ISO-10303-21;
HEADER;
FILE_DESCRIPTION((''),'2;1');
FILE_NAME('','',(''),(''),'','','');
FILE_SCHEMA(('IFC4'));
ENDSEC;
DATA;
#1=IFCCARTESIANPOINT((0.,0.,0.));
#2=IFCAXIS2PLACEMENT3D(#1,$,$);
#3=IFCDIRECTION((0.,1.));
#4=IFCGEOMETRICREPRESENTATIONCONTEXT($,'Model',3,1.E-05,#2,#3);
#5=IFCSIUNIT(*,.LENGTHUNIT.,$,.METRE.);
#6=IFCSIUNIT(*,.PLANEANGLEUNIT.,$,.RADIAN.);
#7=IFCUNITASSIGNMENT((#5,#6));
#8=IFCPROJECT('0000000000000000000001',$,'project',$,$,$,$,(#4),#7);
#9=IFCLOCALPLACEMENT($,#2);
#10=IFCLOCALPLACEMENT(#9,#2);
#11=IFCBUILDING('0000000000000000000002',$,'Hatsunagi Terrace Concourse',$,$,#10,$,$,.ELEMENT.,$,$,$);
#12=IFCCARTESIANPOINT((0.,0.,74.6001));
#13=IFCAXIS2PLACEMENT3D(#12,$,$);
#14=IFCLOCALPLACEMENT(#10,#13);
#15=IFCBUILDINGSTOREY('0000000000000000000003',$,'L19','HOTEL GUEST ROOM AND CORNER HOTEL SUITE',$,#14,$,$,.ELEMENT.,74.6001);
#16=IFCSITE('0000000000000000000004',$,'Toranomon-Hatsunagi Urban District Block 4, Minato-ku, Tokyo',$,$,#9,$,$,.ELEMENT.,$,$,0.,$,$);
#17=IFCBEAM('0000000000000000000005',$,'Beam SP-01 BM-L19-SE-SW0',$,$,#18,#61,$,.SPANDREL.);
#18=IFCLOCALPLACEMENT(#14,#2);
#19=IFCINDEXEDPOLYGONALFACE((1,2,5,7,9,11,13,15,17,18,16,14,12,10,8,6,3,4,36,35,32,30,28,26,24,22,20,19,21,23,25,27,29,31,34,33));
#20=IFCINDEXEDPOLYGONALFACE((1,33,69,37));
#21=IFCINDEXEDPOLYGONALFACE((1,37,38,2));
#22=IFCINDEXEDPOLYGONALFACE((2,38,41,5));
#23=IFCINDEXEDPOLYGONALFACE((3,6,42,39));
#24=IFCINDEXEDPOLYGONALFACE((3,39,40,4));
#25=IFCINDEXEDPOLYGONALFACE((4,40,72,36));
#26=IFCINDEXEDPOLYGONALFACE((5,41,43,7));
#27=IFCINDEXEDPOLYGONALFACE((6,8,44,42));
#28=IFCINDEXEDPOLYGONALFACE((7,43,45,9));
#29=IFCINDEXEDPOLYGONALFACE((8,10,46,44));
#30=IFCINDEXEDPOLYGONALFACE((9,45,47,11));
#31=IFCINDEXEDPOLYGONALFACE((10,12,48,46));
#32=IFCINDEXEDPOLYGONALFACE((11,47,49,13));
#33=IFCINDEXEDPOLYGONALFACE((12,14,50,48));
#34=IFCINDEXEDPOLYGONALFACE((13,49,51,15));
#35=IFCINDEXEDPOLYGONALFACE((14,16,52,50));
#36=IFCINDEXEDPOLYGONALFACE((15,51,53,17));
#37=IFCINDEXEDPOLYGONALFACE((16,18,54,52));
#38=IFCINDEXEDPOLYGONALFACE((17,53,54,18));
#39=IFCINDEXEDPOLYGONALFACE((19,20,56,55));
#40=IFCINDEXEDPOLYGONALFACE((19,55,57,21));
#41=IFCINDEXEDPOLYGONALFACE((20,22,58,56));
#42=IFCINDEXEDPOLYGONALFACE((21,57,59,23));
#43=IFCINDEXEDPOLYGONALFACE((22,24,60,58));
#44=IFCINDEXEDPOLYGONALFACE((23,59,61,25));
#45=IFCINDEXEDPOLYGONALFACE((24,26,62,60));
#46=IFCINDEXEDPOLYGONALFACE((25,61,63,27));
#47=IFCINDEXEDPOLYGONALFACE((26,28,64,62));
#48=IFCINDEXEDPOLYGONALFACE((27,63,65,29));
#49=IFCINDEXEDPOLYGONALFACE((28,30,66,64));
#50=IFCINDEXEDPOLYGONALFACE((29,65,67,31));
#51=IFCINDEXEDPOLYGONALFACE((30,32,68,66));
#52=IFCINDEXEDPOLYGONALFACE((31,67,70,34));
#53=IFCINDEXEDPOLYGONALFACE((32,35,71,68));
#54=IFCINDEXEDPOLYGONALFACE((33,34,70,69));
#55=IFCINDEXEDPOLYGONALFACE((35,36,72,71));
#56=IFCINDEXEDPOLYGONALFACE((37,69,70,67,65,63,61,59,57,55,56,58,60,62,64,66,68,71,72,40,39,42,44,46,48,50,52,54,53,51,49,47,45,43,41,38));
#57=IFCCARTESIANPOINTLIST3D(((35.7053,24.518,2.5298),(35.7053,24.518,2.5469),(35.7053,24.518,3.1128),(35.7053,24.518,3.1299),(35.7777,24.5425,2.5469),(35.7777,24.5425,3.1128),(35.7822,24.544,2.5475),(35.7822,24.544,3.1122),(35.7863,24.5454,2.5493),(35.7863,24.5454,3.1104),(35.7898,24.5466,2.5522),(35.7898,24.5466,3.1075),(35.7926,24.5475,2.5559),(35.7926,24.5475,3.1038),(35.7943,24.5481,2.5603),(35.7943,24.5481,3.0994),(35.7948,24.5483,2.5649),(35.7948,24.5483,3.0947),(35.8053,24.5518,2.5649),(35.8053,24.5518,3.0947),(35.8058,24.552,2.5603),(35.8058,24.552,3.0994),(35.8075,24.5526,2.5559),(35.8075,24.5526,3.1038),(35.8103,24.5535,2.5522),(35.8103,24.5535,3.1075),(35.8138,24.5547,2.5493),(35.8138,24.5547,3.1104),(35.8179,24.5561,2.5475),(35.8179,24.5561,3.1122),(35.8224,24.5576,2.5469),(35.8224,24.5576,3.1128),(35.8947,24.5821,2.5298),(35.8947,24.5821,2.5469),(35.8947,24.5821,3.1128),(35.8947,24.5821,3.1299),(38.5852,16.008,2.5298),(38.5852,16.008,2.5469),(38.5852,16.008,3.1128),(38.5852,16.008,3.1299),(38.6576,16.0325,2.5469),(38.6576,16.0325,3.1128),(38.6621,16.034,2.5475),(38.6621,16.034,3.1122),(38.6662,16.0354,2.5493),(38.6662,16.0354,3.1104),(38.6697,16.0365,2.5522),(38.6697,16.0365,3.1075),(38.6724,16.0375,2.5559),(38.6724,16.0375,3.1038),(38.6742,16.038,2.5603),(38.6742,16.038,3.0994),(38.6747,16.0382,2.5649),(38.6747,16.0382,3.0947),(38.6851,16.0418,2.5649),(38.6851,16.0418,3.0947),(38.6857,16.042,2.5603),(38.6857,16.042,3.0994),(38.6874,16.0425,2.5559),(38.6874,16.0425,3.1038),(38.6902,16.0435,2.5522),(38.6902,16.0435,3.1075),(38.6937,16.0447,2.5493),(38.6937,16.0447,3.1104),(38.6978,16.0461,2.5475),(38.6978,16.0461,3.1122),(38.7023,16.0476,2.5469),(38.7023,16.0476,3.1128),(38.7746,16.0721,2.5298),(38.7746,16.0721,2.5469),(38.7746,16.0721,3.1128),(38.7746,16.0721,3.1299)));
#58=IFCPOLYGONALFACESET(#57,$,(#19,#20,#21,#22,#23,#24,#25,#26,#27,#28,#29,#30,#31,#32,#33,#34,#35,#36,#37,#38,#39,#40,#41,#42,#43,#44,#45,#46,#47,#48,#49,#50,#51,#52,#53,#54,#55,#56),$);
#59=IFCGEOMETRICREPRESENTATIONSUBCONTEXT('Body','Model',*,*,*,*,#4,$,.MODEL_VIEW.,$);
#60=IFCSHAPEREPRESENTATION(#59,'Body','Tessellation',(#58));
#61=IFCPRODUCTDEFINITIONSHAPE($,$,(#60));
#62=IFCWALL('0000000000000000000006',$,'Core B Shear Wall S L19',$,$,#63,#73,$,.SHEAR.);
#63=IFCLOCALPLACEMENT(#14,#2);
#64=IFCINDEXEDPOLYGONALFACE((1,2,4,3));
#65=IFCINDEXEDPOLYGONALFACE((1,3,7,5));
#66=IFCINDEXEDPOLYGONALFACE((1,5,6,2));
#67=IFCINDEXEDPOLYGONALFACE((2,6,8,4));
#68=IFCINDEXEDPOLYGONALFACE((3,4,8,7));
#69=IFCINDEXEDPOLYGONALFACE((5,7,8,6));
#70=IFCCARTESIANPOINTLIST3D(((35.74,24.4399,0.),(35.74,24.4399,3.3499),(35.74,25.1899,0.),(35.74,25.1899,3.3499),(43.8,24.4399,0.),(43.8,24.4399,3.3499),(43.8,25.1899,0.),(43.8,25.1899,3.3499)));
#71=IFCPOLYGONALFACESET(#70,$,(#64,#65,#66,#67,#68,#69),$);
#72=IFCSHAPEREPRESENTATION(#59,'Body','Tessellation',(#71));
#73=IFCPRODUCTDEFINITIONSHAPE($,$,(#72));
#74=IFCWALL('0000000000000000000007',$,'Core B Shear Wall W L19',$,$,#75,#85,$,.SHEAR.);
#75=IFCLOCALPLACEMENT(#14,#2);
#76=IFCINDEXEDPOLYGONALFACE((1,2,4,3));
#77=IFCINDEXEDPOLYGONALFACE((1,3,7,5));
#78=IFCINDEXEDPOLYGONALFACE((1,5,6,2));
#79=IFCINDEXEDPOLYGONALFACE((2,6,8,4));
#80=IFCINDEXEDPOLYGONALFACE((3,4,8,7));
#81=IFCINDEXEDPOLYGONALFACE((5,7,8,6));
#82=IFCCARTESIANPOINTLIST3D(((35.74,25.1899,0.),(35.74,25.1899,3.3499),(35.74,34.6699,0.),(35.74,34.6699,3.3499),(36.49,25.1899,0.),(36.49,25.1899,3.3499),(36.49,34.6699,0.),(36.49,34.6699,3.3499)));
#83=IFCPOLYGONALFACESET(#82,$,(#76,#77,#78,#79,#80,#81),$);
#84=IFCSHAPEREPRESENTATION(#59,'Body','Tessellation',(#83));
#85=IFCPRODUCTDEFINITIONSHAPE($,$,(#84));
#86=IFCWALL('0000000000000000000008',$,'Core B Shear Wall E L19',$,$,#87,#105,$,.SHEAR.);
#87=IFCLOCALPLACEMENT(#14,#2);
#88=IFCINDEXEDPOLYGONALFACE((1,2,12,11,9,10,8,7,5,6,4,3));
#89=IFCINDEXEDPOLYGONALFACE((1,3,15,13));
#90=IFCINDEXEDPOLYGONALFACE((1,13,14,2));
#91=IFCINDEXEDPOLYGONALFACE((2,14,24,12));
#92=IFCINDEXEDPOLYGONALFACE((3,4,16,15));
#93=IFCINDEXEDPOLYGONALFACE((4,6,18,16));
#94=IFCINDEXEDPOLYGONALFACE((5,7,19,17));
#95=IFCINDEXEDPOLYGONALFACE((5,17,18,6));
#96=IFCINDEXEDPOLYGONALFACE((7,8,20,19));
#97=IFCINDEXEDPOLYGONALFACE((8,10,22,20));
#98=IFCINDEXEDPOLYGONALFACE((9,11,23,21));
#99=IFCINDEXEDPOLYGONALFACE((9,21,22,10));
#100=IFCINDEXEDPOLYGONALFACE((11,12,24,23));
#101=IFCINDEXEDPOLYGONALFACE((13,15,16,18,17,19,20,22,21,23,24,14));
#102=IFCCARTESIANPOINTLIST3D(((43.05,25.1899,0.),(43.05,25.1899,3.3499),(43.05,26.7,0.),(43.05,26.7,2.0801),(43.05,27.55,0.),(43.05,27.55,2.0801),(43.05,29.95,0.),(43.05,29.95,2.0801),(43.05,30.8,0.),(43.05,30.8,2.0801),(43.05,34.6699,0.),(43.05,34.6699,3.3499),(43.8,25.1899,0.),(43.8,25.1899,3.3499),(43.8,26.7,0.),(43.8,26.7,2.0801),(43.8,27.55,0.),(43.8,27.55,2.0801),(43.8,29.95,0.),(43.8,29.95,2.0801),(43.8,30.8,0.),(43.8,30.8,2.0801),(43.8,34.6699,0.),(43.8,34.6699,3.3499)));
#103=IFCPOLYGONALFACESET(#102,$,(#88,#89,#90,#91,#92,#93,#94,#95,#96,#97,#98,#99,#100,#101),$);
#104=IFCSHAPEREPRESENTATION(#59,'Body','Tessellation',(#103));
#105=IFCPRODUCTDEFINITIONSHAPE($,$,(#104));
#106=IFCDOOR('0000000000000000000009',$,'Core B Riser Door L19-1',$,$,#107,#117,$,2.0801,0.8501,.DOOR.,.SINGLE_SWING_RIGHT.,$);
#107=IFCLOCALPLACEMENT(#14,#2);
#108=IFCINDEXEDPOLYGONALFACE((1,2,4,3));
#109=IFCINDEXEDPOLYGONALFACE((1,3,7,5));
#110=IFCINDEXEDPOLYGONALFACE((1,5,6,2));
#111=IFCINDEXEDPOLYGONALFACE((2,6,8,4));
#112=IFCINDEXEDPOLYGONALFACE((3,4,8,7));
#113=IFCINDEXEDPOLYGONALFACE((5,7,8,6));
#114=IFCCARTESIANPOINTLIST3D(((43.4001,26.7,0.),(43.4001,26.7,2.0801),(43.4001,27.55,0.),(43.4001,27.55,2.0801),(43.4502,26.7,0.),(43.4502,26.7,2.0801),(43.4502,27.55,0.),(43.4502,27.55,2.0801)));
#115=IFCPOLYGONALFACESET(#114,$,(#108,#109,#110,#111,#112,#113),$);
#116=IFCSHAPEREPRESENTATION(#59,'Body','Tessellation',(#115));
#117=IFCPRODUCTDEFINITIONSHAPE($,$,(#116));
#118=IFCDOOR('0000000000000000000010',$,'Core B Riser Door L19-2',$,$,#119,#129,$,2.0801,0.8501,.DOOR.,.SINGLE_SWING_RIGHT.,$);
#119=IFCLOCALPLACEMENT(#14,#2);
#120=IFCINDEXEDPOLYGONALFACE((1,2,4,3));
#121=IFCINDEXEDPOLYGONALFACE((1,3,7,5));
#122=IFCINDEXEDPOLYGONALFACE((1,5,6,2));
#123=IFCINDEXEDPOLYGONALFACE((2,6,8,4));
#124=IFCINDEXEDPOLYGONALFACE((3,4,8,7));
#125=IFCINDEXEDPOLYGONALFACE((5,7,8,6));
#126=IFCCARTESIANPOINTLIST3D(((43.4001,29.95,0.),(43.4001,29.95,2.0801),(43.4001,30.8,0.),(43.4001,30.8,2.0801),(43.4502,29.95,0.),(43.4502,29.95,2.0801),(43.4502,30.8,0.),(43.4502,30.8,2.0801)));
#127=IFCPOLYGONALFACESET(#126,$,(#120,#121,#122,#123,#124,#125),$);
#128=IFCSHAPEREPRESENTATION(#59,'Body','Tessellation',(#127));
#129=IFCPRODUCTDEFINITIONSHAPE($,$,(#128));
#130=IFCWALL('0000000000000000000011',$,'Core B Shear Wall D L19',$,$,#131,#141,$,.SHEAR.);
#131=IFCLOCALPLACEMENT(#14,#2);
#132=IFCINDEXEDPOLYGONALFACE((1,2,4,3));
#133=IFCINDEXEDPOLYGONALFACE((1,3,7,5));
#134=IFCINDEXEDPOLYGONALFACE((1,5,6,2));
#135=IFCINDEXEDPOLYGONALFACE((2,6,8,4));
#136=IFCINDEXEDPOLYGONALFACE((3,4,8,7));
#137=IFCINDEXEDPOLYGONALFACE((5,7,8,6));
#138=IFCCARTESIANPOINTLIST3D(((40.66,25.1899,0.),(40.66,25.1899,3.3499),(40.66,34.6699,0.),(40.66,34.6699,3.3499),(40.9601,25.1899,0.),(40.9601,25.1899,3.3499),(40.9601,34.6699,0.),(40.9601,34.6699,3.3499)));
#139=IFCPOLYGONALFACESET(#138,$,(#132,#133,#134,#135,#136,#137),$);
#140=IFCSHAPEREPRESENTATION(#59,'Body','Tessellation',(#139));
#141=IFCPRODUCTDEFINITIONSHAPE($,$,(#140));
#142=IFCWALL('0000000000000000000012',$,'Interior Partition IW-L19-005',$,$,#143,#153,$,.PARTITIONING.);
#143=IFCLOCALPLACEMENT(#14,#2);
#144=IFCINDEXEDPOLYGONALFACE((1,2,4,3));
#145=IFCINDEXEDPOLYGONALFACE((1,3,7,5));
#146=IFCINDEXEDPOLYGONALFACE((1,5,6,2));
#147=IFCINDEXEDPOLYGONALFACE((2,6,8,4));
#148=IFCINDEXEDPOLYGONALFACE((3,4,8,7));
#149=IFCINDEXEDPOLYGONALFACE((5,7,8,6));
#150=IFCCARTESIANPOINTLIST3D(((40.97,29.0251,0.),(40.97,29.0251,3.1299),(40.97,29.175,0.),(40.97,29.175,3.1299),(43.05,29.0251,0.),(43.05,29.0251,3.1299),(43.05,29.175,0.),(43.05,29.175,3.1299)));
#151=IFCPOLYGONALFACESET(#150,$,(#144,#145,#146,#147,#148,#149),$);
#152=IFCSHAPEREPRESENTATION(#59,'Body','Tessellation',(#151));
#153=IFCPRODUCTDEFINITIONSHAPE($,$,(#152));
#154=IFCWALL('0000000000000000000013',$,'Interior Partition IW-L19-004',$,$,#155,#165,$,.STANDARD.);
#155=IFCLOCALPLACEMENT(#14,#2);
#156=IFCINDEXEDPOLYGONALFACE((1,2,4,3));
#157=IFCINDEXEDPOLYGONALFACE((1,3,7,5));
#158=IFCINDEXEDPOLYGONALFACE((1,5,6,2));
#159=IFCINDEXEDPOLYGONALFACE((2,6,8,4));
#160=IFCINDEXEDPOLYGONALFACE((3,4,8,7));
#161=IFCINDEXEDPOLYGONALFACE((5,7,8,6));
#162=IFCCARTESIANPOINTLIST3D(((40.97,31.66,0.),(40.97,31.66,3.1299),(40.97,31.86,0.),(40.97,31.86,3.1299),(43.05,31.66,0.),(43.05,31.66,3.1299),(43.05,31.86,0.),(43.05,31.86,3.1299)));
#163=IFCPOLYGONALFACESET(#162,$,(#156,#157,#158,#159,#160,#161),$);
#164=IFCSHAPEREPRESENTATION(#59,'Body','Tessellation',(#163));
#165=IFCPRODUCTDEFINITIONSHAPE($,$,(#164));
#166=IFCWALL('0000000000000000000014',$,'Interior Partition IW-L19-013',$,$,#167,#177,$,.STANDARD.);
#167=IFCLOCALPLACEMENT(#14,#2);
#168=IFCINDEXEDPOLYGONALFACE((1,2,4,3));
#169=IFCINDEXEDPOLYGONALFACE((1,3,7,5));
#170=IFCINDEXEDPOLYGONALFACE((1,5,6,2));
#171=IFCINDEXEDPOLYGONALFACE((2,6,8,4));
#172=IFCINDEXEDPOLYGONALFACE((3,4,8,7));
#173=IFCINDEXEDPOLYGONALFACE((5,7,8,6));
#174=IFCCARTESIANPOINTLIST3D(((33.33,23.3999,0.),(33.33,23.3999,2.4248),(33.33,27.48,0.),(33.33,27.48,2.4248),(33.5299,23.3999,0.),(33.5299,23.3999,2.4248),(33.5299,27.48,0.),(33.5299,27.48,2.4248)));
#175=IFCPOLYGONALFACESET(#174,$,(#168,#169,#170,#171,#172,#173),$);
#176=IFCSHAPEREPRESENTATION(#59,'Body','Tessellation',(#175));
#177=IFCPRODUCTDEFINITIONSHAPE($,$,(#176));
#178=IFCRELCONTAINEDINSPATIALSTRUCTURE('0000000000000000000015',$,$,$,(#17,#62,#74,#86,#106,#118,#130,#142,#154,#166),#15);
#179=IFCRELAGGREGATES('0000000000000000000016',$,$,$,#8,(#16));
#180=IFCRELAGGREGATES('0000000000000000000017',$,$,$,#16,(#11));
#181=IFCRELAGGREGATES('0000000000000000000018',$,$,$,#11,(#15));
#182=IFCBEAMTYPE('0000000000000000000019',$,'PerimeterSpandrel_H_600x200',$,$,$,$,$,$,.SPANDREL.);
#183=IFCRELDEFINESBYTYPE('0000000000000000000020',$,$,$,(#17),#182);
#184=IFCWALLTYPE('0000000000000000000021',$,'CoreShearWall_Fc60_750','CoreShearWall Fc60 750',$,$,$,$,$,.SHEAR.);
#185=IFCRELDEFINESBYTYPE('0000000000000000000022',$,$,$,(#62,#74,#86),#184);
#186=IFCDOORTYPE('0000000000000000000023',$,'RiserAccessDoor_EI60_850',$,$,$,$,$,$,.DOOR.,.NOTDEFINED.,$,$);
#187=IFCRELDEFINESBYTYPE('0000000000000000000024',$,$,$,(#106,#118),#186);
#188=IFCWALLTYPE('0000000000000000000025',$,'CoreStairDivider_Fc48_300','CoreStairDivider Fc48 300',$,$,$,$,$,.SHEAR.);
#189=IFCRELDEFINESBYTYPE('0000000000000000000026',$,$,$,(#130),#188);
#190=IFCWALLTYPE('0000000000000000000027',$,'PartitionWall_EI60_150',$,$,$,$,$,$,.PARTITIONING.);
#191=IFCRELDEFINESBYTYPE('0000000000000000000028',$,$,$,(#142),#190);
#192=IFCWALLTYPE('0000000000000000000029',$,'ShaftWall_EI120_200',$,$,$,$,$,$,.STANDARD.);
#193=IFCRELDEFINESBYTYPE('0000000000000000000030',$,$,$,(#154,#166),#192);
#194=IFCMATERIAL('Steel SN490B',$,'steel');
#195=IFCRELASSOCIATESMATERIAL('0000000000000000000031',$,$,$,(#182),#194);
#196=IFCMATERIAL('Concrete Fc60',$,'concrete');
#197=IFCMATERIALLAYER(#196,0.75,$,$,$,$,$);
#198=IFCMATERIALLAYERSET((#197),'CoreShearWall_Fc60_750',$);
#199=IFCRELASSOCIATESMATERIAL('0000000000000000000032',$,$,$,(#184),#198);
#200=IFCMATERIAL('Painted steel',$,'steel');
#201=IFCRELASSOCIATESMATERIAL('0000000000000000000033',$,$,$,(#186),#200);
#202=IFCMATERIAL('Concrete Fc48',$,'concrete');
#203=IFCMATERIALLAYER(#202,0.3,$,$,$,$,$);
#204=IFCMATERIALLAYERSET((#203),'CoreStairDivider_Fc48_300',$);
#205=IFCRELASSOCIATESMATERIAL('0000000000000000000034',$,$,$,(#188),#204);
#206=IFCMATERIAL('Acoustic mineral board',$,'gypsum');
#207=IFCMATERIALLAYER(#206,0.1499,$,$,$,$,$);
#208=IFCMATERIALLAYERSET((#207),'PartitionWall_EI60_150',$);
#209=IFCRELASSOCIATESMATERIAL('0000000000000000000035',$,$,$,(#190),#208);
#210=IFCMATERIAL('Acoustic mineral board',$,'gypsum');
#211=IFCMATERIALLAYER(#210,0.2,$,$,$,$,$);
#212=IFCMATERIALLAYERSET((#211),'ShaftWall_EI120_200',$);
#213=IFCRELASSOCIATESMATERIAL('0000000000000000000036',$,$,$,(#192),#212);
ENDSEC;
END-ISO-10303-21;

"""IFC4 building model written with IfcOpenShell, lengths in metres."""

from ifc_helpers import new_model, si_unit, direction, frame, frame_2d, origin, origin_2d, place, context, subcontext, project, spatial, rectangle, i_section, extrude, material, layer, layer_set, material_profile, profile_set, type_object, element, fill, save


model = new_model("IFC4")

# Units and contexts
model_context = context("Model", 3, precision=1e-05, world=origin(), true_north=direction((0.0, 1.0)))
body_context = subcontext(model_context, "Body", "Model", "MODEL_VIEW")
ifc_project = project(units=[si_unit("LENGTHUNIT", "METRE"), si_unit("PLANEANGLEUNIT", "RADIAN")], contexts=[model_context])

# Site, building, storey
site_placement = place(None, origin())
site = spatial("IfcSite", under=ifc_project, at=site_placement, Name="Toranomon-Hatsunagi Urban District Block 4, Minato-ku, Tokyo", CompositionType="ELEMENT", RefElevation=0.0)
building_placement = place(site_placement, origin())
building = spatial("IfcBuilding", under=site, at=building_placement, Name="Hatsunagi Terrace Concourse", CompositionType="ELEMENT")
storey_placement = place(building_placement, frame((0.0, 0.0, 74.6001)))
storey = spatial("IfcBuildingStorey", under=building, at=storey_placement, Name="L19", Description="HOTEL GUEST ROOM AND CORNER HOTEL SUITE", CompositionType="ELEMENT", Elevation=74.6001)

# Beam
ifc_material_1 = material(Name="Steel SN490B", Category="steel")
ifc_material_profile_1 = material_profile(ifc_material_1, i_section(OverallWidth=0.2, OverallDepth=0.6001, WebThickness=0.011, FlangeThickness=0.0171, FilletRadius=0.0181, at=origin_2d()), Name="H-600x200x11x17")
ifc_profile_set_1 = profile_set([ifc_material_profile_1], Name="Steel SN490B")
beam_type_1 = type_object("IfcBeamType", Name="PerimeterSpandrel_H_600x200", PredefinedType="SPANDREL", material=ifc_profile_set_1)
beam_1_placement = place(storey_placement, frame((35.8, 24.55, 2.8298), z_axis=(0.320553, -0.94723, 0.0), x_axis=(0.94723, 0.320553, 0.0)))
element("IfcBeam", 1, at=beam_1_placement, inside=storey, type_object=beam_type_1, Name="Beam SP-01 BM-L19-SE-SW0", PredefinedType="SPANDREL", context=body_context, shape_type="SweptSolid", body=[
    extrude(i_section(OverallWidth=0.2, OverallDepth=0.6001, WebThickness=0.011, FlangeThickness=0.0171, FilletRadius=0.0181, at=origin_2d()), origin(), (0.0, 0.0, 1.0), 8.9841),
])

# Walls
ifc_material_2 = material(Name="Concrete Fc60", Category="concrete")
ifc_layer_1 = layer(ifc_material_2, 0.75)
ifc_layer_set_1 = layer_set([ifc_layer_1], Name="CoreShearWall_Fc60_750")
wall_type_1 = type_object("IfcWallType", Name="CoreShearWall_Fc60_750", Description="CoreShearWall Fc60 750", PredefinedType="SHEAR", material=ifc_layer_set_1)
wall_1_placement = place(storey_placement, frame((35.74, 24.8149, 0.0), z_axis=(0.0, 0.0, 1.0), x_axis=(1.0, 0.0, 0.0)))
element("IfcWall", 2, at=wall_1_placement, inside=storey, type_object=wall_type_1, Name="Core B Shear Wall S L19", PredefinedType="SHEAR", context=body_context, shape_type="SweptSolid", body=[
    extrude(rectangle(XDim=8.0601, YDim=0.75, at=frame_2d((4.03, 0.0))), origin(), (0.0, 0.0, 1.0), 3.3499),
])
wall_2_placement = place(storey_placement, frame((36.115, 25.1899, 0.0), z_axis=(0.0, 0.0, 1.0), x_axis=(0.0, 1.0, 0.0)))
element("IfcWall", 3, at=wall_2_placement, inside=storey, type_object=wall_type_1, Name="Core B Shear Wall W L19", PredefinedType="SHEAR", context=body_context, shape_type="SweptSolid", body=[
    extrude(rectangle(XDim=9.48, YDim=0.75, at=frame_2d((4.74, 0.0))), origin(), (0.0, 0.0, 1.0), 3.3499),
])

# Wall, openings, doors
wall_3_placement = place(storey_placement, frame((43.425, 25.1899, 0.0), z_axis=(0.0, 0.0, 1.0), x_axis=(0.0, 1.0, 0.0)))
wall_3 = element("IfcWall", 4, at=wall_3_placement, inside=storey, type_object=wall_type_1, Name="Core B Shear Wall E L19", PredefinedType="SHEAR", context=body_context, shape_type="SweptSolid", body=[
    extrude(rectangle(XDim=9.48, YDim=0.75, at=frame_2d((4.74, 0.0))), origin(), (0.0, 0.0, 1.0), 3.3499),
])
opening_1_placement = place(wall_3_placement, frame((1.51, 0.0, 0.0)))
opening_1 = element("IfcOpeningElement", 5, at=opening_1_placement, cuts=wall_3, PredefinedType="OPENING", context=body_context, shape_type="SweptSolid", body=[
    extrude(rectangle(XDim=0.8501, YDim=2.0801, at=frame_2d((0.425, 1.04))), frame((0.0, 0.385, 0.0), z_axis=(0.0, -1.0, 0.0), x_axis=(1.0, 0.0, 0.0)), (0.0, 0.0, 1.0), 0.77),
])
opening_2_placement = place(wall_3_placement, frame((4.76, 0.0, 0.0)))
opening_2 = element("IfcOpeningElement", 6, at=opening_2_placement, cuts=wall_3, PredefinedType="OPENING", context=body_context, shape_type="SweptSolid", body=[
    extrude(rectangle(XDim=0.8501, YDim=2.0801, at=frame_2d((0.425, 1.04))), frame((0.0, 0.385, 0.0), z_axis=(0.0, -1.0, 0.0), x_axis=(1.0, 0.0, 0.0)), (0.0, 0.0, 1.0), 0.77),
])
ifc_material_3 = material(Name="Painted steel", Category="steel")
door_type_1 = type_object("IfcDoorType", Name="RiserAccessDoor_EI60_850", OperationType="NOTDEFINED", PredefinedType="DOOR", material=ifc_material_3)
door_1_placement = place(opening_1_placement, origin())
door_1 = element("IfcDoor", 7, at=door_1_placement, inside=storey, type_object=door_type_1, Name="Core B Riser Door L19-1", OperationType="SINGLE_SWING_RIGHT", OverallHeight=2.0801, OverallWidth=0.8501, PredefinedType="DOOR", context=body_context, shape_type="SweptSolid", body=[
    extrude(rectangle(XDim=0.8501, YDim=2.0801, at=frame_2d((0.425, 1.04))), frame((0.0, 0.0249, 0.0), z_axis=(0.0, -1.0, 0.0), x_axis=(1.0, 0.0, 0.0)), (0.0, 0.0, 1.0), 0.05),
])
fill(opening_1, door_1)
door_2_placement = place(opening_2_placement, origin())
door_2 = element("IfcDoor", 8, at=door_2_placement, inside=storey, type_object=door_type_1, Name="Core B Riser Door L19-2", OperationType="SINGLE_SWING_RIGHT", OverallHeight=2.0801, OverallWidth=0.8501, PredefinedType="DOOR", context=body_context, shape_type="SweptSolid", body=[
    extrude(rectangle(XDim=0.8501, YDim=2.0801, at=frame_2d((0.425, 1.04))), frame((0.0, 0.0249, 0.0), z_axis=(0.0, -1.0, 0.0), x_axis=(1.0, 0.0, 0.0)), (0.0, 0.0, 1.0), 0.05),
])
fill(opening_2, door_2)

# Walls
ifc_material_4 = material(Name="Concrete Fc48", Category="concrete")
ifc_layer_2 = layer(ifc_material_4, 0.3)
ifc_layer_set_2 = layer_set([ifc_layer_2], Name="CoreStairDivider_Fc48_300")
wall_type_2 = type_object("IfcWallType", Name="CoreStairDivider_Fc48_300", Description="CoreStairDivider Fc48 300", PredefinedType="SHEAR", material=ifc_layer_set_2)
wall_4_placement = place(storey_placement, frame((40.8101, 25.1899, 0.0), z_axis=(0.0, 0.0, 1.0), x_axis=(0.0, 1.0, 0.0)))
element("IfcWall", 9, at=wall_4_placement, inside=storey, type_object=wall_type_2, Name="Core B Shear Wall D L19", PredefinedType="SHEAR", context=body_context, shape_type="SweptSolid", body=[
    extrude(rectangle(XDim=9.48, YDim=0.3, at=frame_2d((4.74, 0.0))), origin(), (0.0, 0.0, 1.0), 3.3499),
])
ifc_material_5 = material(Name="Acoustic mineral board", Category="gypsum")
ifc_layer_3 = layer(ifc_material_5, 0.1499)
ifc_layer_set_3 = layer_set([ifc_layer_3], Name="PartitionWall_EI60_150")
wall_type_3 = type_object("IfcWallType", Name="PartitionWall_EI60_150", PredefinedType="PARTITIONING", material=ifc_layer_set_3)
wall_5_placement = place(storey_placement, frame((40.97, 29.1001, 0.0), z_axis=(0.0, 0.0, 1.0), x_axis=(1.0, 0.0, 0.0)))
element("IfcWall", 10, at=wall_5_placement, inside=storey, type_object=wall_type_3, Name="Interior Partition IW-L19-005", PredefinedType="PARTITIONING", context=body_context, shape_type="SweptSolid", body=[
    extrude(rectangle(XDim=2.0801, YDim=0.1499, at=frame_2d((1.04, 0.0))), origin(), (0.0, 0.0, 1.0), 3.1299),
])

# Walls
ifc_material_6 = material(Name="Acoustic mineral board", Category="gypsum")
ifc_layer_4 = layer(ifc_material_6, 0.2)
ifc_layer_set_4 = layer_set([ifc_layer_4], Name="ShaftWall_EI120_200")
wall_type_4 = type_object("IfcWallType", Name="ShaftWall_EI120_200", PredefinedType="STANDARD", material=ifc_layer_set_4)
wall_6_placement = place(storey_placement, frame((40.97, 31.76, 0.0), z_axis=(0.0, 0.0, 1.0), x_axis=(1.0, 0.0, 0.0)))
element("IfcWall", 11, at=wall_6_placement, inside=storey, type_object=wall_type_4, Name="Interior Partition IW-L19-004", PredefinedType="STANDARD", context=body_context, shape_type="SweptSolid", body=[
    extrude(rectangle(XDim=2.0801, YDim=0.2, at=frame_2d((1.04, 0.0))), origin(), (0.0, 0.0, 1.0), 3.1299),
])
wall_7_placement = place(storey_placement, frame((33.4299, 23.3999, 0.0), z_axis=(0.0, 0.0, 1.0), x_axis=(0.0, 1.0, 0.0)))
element("IfcWall", 12, at=wall_7_placement, inside=storey, type_object=wall_type_4, Name="Interior Partition IW-L19-013", PredefinedType="STANDARD", context=body_context, shape_type="SweptSolid", body=[
    extrude(rectangle(XDim=4.0801, YDim=0.2, at=frame_2d((2.04, 0.0))), origin(), (0.0, 0.0, 1.0), 2.4248),
])

save(model, "model.ifc")
